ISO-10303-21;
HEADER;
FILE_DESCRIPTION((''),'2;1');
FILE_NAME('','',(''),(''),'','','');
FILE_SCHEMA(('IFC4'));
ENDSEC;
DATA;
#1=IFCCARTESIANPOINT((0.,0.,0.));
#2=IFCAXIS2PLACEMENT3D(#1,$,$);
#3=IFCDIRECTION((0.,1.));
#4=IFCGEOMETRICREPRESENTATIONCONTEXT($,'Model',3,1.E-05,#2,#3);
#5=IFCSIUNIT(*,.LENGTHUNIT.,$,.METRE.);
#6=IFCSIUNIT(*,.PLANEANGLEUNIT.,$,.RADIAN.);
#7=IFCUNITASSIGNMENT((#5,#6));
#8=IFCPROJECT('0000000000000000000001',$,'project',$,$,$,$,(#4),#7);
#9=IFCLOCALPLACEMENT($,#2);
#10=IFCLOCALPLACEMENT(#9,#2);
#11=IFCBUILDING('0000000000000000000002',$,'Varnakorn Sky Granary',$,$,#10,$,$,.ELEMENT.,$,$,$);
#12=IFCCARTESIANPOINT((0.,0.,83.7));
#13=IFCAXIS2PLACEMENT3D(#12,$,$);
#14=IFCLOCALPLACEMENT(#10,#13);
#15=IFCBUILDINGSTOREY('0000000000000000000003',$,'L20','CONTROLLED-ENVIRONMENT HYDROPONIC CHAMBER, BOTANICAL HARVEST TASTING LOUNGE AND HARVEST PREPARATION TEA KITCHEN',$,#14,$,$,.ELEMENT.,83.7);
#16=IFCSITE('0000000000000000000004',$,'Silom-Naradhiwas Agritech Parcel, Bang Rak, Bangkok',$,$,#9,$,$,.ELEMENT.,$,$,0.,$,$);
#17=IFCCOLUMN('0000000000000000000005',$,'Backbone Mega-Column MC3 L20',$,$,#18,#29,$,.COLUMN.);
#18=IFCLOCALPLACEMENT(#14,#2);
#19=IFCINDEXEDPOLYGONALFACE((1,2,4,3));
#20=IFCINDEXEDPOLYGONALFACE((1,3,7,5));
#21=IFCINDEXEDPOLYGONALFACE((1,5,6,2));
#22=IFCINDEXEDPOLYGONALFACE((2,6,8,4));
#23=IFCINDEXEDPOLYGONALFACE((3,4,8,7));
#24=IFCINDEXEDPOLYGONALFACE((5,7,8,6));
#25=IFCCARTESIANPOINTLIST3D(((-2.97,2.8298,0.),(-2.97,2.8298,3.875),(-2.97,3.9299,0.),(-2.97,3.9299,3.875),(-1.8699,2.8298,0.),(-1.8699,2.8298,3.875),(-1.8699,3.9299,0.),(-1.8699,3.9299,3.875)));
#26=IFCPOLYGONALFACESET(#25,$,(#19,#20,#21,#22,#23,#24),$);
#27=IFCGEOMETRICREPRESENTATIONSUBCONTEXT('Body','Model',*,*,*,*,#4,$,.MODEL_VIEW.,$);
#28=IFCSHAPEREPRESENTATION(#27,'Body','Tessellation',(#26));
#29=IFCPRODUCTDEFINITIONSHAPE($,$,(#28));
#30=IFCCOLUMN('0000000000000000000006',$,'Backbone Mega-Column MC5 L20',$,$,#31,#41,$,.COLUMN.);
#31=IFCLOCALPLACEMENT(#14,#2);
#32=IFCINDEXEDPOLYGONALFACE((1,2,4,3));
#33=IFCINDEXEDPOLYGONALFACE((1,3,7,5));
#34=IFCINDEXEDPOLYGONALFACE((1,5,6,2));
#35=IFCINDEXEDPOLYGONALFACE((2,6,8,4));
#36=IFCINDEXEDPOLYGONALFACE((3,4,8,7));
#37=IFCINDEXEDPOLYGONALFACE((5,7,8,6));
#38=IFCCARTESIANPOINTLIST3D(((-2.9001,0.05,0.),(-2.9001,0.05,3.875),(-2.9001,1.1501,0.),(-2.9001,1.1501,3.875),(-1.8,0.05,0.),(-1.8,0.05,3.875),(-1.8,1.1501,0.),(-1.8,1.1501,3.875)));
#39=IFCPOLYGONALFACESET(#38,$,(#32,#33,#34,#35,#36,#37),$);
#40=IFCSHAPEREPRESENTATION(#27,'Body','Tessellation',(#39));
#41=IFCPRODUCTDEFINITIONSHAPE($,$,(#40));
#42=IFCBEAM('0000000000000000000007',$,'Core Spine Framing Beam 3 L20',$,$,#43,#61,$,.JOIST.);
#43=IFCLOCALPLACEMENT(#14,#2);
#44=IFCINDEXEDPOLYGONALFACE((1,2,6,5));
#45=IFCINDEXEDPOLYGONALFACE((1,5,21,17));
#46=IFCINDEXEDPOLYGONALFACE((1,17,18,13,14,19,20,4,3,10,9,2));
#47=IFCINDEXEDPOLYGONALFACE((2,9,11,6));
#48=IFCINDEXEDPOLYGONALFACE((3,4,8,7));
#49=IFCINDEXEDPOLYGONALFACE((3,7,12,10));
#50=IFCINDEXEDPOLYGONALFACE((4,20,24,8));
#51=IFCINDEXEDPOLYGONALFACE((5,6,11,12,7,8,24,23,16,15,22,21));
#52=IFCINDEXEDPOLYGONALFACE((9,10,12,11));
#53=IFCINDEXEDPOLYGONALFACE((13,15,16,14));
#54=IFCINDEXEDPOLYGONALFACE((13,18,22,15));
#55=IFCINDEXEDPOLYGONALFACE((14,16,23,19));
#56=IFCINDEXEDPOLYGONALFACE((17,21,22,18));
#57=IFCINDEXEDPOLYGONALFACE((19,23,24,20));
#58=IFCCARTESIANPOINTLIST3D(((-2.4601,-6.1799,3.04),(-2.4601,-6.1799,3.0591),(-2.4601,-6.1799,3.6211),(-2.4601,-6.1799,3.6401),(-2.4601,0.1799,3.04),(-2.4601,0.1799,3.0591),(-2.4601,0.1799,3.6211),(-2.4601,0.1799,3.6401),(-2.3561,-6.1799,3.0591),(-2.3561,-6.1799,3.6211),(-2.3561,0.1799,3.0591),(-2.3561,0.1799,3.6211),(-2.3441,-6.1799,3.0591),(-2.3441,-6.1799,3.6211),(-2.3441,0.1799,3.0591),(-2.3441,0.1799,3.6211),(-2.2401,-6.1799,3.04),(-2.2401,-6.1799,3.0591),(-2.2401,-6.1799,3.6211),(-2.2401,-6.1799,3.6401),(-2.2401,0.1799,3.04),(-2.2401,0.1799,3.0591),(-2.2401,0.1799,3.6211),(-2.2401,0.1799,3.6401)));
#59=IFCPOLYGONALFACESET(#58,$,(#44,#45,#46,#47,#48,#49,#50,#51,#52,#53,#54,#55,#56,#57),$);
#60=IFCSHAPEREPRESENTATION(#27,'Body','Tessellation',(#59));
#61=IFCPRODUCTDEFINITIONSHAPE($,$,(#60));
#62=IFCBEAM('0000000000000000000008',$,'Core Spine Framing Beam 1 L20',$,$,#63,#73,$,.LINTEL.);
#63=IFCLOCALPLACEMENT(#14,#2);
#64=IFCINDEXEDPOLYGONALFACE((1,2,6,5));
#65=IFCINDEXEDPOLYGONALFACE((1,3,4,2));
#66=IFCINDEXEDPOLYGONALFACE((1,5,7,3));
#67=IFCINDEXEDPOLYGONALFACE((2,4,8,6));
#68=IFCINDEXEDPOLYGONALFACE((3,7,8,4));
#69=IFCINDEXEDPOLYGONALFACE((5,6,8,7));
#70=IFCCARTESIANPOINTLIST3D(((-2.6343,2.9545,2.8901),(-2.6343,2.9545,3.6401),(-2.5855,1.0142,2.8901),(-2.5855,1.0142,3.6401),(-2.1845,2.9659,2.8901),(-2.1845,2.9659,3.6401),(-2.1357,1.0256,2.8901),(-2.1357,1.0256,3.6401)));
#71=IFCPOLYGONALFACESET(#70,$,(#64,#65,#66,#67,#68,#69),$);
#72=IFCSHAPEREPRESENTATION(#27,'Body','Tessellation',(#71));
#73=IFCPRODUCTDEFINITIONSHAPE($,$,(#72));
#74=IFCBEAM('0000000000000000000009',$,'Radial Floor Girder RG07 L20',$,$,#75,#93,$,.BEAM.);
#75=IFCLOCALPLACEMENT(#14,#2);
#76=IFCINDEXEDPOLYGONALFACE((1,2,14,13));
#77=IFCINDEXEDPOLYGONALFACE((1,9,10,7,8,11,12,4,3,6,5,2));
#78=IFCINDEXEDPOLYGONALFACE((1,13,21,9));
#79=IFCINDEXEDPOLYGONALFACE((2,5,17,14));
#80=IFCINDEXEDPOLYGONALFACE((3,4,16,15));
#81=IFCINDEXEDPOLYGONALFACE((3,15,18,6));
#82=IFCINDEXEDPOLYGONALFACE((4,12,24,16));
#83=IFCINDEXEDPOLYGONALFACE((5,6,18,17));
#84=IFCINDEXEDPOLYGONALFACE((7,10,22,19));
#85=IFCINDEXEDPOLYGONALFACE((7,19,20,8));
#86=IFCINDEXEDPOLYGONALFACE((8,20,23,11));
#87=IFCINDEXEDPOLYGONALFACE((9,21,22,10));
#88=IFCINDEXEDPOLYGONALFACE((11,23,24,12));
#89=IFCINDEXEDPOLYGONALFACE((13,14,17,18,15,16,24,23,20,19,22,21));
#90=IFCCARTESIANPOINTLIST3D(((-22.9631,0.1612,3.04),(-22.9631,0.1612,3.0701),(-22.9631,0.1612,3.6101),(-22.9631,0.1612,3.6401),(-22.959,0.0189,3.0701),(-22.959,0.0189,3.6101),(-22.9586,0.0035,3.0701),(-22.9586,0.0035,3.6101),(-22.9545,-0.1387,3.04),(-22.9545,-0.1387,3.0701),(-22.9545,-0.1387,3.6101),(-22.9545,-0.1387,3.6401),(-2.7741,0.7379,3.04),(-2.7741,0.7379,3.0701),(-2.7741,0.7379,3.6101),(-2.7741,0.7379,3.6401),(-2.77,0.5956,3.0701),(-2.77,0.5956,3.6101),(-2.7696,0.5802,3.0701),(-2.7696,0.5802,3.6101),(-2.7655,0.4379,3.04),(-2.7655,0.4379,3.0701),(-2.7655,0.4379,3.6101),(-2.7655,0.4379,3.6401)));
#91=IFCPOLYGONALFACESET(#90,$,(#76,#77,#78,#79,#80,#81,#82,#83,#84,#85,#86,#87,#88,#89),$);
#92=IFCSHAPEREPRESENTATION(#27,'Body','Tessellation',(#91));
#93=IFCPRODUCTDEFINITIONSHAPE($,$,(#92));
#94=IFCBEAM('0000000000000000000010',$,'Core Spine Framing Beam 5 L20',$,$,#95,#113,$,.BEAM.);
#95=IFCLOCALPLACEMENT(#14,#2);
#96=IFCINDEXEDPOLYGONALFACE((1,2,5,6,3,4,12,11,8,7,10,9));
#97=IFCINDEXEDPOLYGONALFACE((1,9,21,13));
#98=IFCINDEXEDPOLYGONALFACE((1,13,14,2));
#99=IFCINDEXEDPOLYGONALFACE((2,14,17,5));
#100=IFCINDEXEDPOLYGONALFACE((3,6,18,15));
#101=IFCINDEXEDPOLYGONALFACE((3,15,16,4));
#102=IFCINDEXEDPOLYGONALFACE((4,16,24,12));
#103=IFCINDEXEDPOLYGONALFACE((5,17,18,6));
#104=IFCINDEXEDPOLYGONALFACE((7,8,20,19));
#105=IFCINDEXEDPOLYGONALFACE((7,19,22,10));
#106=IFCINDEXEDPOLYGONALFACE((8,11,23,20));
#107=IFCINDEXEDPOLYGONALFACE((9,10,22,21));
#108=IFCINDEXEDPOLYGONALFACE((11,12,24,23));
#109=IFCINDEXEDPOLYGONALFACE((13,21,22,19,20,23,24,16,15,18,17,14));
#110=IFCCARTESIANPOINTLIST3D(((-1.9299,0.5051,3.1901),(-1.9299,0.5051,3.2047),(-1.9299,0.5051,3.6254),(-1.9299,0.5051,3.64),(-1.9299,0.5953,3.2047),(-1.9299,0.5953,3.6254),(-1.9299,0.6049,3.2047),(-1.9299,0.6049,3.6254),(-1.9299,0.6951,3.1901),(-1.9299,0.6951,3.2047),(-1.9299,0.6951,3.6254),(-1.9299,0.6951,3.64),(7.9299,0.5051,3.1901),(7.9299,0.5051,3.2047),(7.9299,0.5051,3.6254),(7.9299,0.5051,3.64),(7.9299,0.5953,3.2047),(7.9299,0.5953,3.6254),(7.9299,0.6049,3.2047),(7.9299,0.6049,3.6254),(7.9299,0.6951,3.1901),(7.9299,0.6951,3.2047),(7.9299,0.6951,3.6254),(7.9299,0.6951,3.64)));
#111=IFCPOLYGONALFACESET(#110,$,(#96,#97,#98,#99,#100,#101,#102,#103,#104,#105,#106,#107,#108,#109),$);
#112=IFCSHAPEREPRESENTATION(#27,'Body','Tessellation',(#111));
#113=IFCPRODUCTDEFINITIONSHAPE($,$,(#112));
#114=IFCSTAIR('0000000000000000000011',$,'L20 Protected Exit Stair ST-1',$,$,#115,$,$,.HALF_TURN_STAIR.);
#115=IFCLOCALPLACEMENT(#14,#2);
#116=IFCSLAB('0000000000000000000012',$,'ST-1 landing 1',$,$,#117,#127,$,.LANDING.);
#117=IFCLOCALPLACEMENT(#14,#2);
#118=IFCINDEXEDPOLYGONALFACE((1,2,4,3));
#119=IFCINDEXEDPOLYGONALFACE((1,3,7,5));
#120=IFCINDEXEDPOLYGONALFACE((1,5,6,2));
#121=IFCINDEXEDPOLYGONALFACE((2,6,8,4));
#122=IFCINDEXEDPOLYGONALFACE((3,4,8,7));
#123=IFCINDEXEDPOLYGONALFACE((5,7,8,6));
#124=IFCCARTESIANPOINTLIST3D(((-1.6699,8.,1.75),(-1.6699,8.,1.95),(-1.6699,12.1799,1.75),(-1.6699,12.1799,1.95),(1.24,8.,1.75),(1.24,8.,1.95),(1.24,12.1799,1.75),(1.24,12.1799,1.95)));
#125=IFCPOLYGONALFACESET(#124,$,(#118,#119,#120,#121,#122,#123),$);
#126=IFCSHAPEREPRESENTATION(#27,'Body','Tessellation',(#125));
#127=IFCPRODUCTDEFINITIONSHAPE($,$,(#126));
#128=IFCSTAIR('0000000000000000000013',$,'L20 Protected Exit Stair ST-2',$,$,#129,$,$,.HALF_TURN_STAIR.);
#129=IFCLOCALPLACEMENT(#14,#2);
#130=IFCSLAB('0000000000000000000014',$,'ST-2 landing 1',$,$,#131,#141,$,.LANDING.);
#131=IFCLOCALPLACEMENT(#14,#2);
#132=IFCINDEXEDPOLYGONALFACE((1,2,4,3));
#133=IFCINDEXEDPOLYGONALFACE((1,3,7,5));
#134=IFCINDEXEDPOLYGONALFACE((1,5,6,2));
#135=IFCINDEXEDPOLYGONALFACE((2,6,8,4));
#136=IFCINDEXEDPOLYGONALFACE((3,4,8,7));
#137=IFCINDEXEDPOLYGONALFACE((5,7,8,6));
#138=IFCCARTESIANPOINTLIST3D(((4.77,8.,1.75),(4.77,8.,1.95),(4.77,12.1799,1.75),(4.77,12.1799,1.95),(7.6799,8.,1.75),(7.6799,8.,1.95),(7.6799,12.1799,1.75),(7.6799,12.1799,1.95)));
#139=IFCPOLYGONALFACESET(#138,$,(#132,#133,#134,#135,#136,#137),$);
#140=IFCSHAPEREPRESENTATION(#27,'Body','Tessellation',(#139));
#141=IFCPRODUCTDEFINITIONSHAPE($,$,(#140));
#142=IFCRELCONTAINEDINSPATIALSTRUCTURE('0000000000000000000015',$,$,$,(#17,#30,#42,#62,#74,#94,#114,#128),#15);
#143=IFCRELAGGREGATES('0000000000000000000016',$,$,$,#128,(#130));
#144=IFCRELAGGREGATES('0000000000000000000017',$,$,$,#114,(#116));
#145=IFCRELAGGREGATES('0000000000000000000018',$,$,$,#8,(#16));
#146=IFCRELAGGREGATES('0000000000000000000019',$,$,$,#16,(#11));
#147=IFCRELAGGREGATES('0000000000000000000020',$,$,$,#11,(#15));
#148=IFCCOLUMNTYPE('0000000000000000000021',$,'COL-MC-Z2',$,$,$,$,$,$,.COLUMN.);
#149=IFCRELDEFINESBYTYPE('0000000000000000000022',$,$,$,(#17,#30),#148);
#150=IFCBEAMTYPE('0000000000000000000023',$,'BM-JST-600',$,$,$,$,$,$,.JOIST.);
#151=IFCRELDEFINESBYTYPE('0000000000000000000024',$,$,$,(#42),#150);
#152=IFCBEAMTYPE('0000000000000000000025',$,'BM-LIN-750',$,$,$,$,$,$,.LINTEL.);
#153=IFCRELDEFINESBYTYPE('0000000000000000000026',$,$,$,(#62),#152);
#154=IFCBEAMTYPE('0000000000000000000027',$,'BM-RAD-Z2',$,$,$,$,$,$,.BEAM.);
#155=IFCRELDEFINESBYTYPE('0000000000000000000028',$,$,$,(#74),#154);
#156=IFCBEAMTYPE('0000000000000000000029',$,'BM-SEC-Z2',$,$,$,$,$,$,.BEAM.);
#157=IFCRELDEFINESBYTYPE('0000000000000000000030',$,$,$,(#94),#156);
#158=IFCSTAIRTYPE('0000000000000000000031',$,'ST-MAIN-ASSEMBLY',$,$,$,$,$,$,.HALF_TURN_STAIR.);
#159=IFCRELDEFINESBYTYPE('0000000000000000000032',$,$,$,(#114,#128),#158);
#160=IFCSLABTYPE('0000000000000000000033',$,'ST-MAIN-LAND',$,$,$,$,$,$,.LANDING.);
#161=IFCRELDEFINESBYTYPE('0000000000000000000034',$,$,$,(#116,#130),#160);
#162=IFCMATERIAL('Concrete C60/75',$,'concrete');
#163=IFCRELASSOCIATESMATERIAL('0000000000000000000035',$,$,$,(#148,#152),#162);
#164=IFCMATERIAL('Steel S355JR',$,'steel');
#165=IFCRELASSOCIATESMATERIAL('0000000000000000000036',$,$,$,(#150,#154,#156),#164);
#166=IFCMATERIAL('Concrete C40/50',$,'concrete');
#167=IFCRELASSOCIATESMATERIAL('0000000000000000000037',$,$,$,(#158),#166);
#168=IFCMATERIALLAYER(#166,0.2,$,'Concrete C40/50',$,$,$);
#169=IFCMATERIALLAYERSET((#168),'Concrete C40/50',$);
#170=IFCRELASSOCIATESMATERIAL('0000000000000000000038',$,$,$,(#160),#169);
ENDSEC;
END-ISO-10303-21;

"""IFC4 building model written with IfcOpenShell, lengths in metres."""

from ifc_helpers import new_model, si_unit, direction, frame, origin, origin_2d, place, context, subcontext, project, spatial, polyline, rectangle, i_section, outline, extrude, material, layer, layer_set, material_profile, profile_set, type_object, element, aggregate, save


model = new_model("IFC4")

# Units and contexts
model_context = context("Model", 3, precision=1e-05, world=origin(), true_north=direction((0.0, 1.0)))
body_context = subcontext(model_context, "Body", "Model", "MODEL_VIEW")
ifc_project = project(units=[si_unit("LENGTHUNIT", "METRE"), si_unit("PLANEANGLEUNIT", "RADIAN")], contexts=[model_context])

# Site, building, storey
site_placement = place(None, origin())
site = spatial("IfcSite", under=ifc_project, at=site_placement, Name="Silom-Naradhiwas Agritech Parcel, Bang Rak, Bangkok", CompositionType="ELEMENT", RefElevation=0.0)
building_placement = place(site_placement, origin())
building = spatial("IfcBuilding", under=site, at=building_placement, Name="Varnakorn Sky Granary", CompositionType="ELEMENT")
storey_placement = place(building_placement, frame((0.0, 0.0, 83.7)))
storey = spatial("IfcBuildingStorey", under=building, at=storey_placement, Name="L20", Description="CONTROLLED-ENVIRONMENT HYDROPONIC CHAMBER, BOTANICAL HARVEST TASTING LOUNGE AND HARVEST PREPARATION TEA KITCHEN", CompositionType="ELEMENT", Elevation=83.7)

# Columns
ifc_material_1 = material(Name="Concrete C60/75", Category="concrete")
ifc_material_profile_1 = material_profile(ifc_material_1, rectangle(XDim=1.1001, YDim=1.1001, at=origin_2d()), Name="RC 1100x1100")
ifc_profile_set_1 = profile_set([ifc_material_profile_1], Name="Concrete C60/75")
column_type = type_object("IfcColumnType", Name="COL-MC-Z2", PredefinedType="COLUMN", material=ifc_profile_set_1)
for number, where, z_axis, x_axis, name in (
    (1, (-2.4199, 3.3799, 0.0), (0.0, 0.0, 1.0), (1.0, 0.0, 0.0), "Backbone Mega-Column MC3 L20"),
    (2, (-2.3501, 0.6001, 0.0), (0.0, 0.0, 1.0), (1.0, 0.0, 0.0), "Backbone Mega-Column MC5 L20"),
):
    element("IfcColumn", number, at=place(storey_placement, frame(where, z_axis=z_axis, x_axis=x_axis)), inside=storey, type_object=column_type, Name=name, PredefinedType="COLUMN", context=body_context, shape_type="SweptSolid", body=[
        extrude(rectangle(XDim=1.1001, YDim=1.1001, at=origin_2d()), origin(), (0.0, 0.0, 1.0), 3.875),
    ])

# Beams
ifc_material_2 = material(Name="Steel S355JR", Category="steel")
ifc_material_profile_2 = material_profile(ifc_material_2, i_section(OverallWidth=0.22, OverallDepth=0.6001, WebThickness=0.012, FlangeThickness=0.019, at=origin_2d()), Name="IPE 600")
ifc_profile_set_2 = profile_set([ifc_material_profile_2], Name="Steel S355JR")
beam_type_1 = type_object("IfcBeamType", Name="BM-JST-600", PredefinedType="JOIST", material=ifc_profile_set_2)
beam_1_placement = place(storey_placement, frame((-2.3501, 0.1799, 3.3401), z_axis=(0.0, -1.0, 0.0), x_axis=(1.0, 0.0, 0.0)))
element("IfcBeam", 3, at=beam_1_placement, inside=storey, type_object=beam_type_1, Name="Core Spine Framing Beam 3 L20", PredefinedType="JOIST", context=body_context, shape_type="SweptSolid", body=[
    extrude(i_section(OverallWidth=0.22, OverallDepth=0.6001, WebThickness=0.012, FlangeThickness=0.019, at=origin_2d()), origin(), (0.0, 0.0, 1.0), 6.3599),
])
ifc_material_profile_3 = material_profile(ifc_material_1, rectangle(XDim=0.45, YDim=0.75, at=origin_2d()), Name="RC 450x750")
ifc_profile_set_3 = profile_set([ifc_material_profile_3], Name="Concrete C60/75")
beam_type_2 = type_object("IfcBeamType", Name="BM-LIN-750", PredefinedType="LINTEL", material=ifc_profile_set_3)
beam_2_placement = place(storey_placement, frame((-2.4094, 2.9602, 3.2651), z_axis=(0.025159, -0.999683, 0.0), x_axis=(0.999683, 0.025159, 0.0)))
element("IfcBeam", 4, at=beam_2_placement, inside=storey, type_object=beam_type_2, Name="Core Spine Framing Beam 1 L20", PredefinedType="LINTEL", context=body_context, shape_type="SweptSolid", body=[
    extrude(rectangle(XDim=0.45, YDim=0.75, at=origin_2d()), origin(), (0.0, 0.0, 1.0), 1.9409),
])
ifc_material_profile_4 = material_profile(ifc_material_2, i_section(OverallWidth=0.3, OverallDepth=0.6001, WebThickness=0.0154, FlangeThickness=0.03, at=origin_2d()), Name="HE 600 B")
ifc_profile_set_4 = profile_set([ifc_material_profile_4], Name="Steel S355JR")
beam_type_3 = type_object("IfcBeamType", Name="BM-RAD-Z2", PredefinedType="BEAM", material=ifc_profile_set_4)
beam_3_placement = place(storey_placement, frame((-2.7698, 0.5879, 3.3401), z_axis=(-0.999592, -0.028551, 0.0), x_axis=(0.028551, -0.999592, 0.0)))
element("IfcBeam", 5, at=beam_3_placement, inside=storey, type_object=beam_type_3, Name="Radial Floor Girder RG07 L20", PredefinedType="BEAM", context=body_context, shape_type="SweptSolid", body=[
    extrude(i_section(OverallWidth=0.3, OverallDepth=0.6001, WebThickness=0.0154, FlangeThickness=0.03, at=origin_2d()), origin(), (0.0, 0.0, 1.0), 20.1973),
])
ifc_material_profile_5 = material_profile(ifc_material_2, i_section(OverallWidth=0.1899, OverallDepth=0.45, WebThickness=0.0095, FlangeThickness=0.0146, at=origin_2d()), Name="IPE 450")
ifc_profile_set_5 = profile_set([ifc_material_profile_5], Name="Steel S355JR")
beam_type_4 = type_object("IfcBeamType", Name="BM-SEC-Z2", PredefinedType="BEAM", material=ifc_profile_set_5)
beam_4_placement = place(storey_placement, frame((-1.9299, 0.6001, 3.415), z_axis=(1.0, 0.0, 0.0), x_axis=(0.0, 1.0, 0.0)))
element("IfcBeam", 6, at=beam_4_placement, inside=storey, type_object=beam_type_4, Name="Core Spine Framing Beam 5 L20", PredefinedType="BEAM", context=body_context, shape_type="SweptSolid", body=[
    extrude(i_section(OverallWidth=0.1899, OverallDepth=0.45, WebThickness=0.0095, FlangeThickness=0.0146, at=origin_2d()), origin(), (0.0, 0.0, 1.0), 9.8599),
])

# Stairs, slabs
ifc_material_3 = material(Name="Concrete C40/50", Category="concrete")
stair_type = type_object("IfcStairType", Name="ST-MAIN-ASSEMBLY", PredefinedType="HALF_TURN_STAIR", material=ifc_material_3)
stair_1_placement = place(storey_placement, origin())
stair_1 = element("IfcStair", 7, at=stair_1_placement, inside=storey, type_object=stair_type, Name="L20 Protected Exit Stair ST-1", PredefinedType="HALF_TURN_STAIR")
ifc_layer_1 = layer(ifc_material_3, 0.2, Name="Concrete C40/50")
ifc_layer_set_1 = layer_set([ifc_layer_1], Name="Concrete C40/50")
slab_type_1 = type_object("IfcSlabType", Name="ST-MAIN-LAND", PredefinedType="LANDING", material=ifc_layer_set_1)
slab_1_placement = place(storey_placement, frame((0.0, 0.0, 1.75)))
slab_1 = element("IfcSlab", 8, at=slab_1_placement, type_object=slab_type_1, Name="ST-1 landing 1", PredefinedType="LANDING", context=body_context, shape_type="SweptSolid", body=[
    extrude(outline(polyline([(1.24, 8.0), (1.24, 12.1799), (-1.6699, 12.1799), (-1.6699, 8.0), (1.24, 8.0)])), origin(), (0.0, 0.0, 1.0), 0.2),
])
stair_2_placement = place(storey_placement, origin())
stair_2 = element("IfcStair", 9, at=stair_2_placement, inside=storey, type_object=stair_type, Name="L20 Protected Exit Stair ST-2", PredefinedType="HALF_TURN_STAIR")
slab_2_placement = place(storey_placement, frame((0.0, 0.0, 1.75)))
slab_2 = element("IfcSlab", 10, at=slab_2_placement, type_object=slab_type_1, Name="ST-2 landing 1", PredefinedType="LANDING", context=body_context, shape_type="SweptSolid", body=[
    extrude(outline(polyline([(7.6799, 8.0), (7.6799, 12.1799), (4.77, 12.1799), (4.77, 8.0), (7.6799, 8.0)])), origin(), (0.0, 0.0, 1.0), 0.2),
])
aggregate(stair_2, [slab_2])

aggregate(stair_1, [slab_1])

save(model, "model.ifc")
